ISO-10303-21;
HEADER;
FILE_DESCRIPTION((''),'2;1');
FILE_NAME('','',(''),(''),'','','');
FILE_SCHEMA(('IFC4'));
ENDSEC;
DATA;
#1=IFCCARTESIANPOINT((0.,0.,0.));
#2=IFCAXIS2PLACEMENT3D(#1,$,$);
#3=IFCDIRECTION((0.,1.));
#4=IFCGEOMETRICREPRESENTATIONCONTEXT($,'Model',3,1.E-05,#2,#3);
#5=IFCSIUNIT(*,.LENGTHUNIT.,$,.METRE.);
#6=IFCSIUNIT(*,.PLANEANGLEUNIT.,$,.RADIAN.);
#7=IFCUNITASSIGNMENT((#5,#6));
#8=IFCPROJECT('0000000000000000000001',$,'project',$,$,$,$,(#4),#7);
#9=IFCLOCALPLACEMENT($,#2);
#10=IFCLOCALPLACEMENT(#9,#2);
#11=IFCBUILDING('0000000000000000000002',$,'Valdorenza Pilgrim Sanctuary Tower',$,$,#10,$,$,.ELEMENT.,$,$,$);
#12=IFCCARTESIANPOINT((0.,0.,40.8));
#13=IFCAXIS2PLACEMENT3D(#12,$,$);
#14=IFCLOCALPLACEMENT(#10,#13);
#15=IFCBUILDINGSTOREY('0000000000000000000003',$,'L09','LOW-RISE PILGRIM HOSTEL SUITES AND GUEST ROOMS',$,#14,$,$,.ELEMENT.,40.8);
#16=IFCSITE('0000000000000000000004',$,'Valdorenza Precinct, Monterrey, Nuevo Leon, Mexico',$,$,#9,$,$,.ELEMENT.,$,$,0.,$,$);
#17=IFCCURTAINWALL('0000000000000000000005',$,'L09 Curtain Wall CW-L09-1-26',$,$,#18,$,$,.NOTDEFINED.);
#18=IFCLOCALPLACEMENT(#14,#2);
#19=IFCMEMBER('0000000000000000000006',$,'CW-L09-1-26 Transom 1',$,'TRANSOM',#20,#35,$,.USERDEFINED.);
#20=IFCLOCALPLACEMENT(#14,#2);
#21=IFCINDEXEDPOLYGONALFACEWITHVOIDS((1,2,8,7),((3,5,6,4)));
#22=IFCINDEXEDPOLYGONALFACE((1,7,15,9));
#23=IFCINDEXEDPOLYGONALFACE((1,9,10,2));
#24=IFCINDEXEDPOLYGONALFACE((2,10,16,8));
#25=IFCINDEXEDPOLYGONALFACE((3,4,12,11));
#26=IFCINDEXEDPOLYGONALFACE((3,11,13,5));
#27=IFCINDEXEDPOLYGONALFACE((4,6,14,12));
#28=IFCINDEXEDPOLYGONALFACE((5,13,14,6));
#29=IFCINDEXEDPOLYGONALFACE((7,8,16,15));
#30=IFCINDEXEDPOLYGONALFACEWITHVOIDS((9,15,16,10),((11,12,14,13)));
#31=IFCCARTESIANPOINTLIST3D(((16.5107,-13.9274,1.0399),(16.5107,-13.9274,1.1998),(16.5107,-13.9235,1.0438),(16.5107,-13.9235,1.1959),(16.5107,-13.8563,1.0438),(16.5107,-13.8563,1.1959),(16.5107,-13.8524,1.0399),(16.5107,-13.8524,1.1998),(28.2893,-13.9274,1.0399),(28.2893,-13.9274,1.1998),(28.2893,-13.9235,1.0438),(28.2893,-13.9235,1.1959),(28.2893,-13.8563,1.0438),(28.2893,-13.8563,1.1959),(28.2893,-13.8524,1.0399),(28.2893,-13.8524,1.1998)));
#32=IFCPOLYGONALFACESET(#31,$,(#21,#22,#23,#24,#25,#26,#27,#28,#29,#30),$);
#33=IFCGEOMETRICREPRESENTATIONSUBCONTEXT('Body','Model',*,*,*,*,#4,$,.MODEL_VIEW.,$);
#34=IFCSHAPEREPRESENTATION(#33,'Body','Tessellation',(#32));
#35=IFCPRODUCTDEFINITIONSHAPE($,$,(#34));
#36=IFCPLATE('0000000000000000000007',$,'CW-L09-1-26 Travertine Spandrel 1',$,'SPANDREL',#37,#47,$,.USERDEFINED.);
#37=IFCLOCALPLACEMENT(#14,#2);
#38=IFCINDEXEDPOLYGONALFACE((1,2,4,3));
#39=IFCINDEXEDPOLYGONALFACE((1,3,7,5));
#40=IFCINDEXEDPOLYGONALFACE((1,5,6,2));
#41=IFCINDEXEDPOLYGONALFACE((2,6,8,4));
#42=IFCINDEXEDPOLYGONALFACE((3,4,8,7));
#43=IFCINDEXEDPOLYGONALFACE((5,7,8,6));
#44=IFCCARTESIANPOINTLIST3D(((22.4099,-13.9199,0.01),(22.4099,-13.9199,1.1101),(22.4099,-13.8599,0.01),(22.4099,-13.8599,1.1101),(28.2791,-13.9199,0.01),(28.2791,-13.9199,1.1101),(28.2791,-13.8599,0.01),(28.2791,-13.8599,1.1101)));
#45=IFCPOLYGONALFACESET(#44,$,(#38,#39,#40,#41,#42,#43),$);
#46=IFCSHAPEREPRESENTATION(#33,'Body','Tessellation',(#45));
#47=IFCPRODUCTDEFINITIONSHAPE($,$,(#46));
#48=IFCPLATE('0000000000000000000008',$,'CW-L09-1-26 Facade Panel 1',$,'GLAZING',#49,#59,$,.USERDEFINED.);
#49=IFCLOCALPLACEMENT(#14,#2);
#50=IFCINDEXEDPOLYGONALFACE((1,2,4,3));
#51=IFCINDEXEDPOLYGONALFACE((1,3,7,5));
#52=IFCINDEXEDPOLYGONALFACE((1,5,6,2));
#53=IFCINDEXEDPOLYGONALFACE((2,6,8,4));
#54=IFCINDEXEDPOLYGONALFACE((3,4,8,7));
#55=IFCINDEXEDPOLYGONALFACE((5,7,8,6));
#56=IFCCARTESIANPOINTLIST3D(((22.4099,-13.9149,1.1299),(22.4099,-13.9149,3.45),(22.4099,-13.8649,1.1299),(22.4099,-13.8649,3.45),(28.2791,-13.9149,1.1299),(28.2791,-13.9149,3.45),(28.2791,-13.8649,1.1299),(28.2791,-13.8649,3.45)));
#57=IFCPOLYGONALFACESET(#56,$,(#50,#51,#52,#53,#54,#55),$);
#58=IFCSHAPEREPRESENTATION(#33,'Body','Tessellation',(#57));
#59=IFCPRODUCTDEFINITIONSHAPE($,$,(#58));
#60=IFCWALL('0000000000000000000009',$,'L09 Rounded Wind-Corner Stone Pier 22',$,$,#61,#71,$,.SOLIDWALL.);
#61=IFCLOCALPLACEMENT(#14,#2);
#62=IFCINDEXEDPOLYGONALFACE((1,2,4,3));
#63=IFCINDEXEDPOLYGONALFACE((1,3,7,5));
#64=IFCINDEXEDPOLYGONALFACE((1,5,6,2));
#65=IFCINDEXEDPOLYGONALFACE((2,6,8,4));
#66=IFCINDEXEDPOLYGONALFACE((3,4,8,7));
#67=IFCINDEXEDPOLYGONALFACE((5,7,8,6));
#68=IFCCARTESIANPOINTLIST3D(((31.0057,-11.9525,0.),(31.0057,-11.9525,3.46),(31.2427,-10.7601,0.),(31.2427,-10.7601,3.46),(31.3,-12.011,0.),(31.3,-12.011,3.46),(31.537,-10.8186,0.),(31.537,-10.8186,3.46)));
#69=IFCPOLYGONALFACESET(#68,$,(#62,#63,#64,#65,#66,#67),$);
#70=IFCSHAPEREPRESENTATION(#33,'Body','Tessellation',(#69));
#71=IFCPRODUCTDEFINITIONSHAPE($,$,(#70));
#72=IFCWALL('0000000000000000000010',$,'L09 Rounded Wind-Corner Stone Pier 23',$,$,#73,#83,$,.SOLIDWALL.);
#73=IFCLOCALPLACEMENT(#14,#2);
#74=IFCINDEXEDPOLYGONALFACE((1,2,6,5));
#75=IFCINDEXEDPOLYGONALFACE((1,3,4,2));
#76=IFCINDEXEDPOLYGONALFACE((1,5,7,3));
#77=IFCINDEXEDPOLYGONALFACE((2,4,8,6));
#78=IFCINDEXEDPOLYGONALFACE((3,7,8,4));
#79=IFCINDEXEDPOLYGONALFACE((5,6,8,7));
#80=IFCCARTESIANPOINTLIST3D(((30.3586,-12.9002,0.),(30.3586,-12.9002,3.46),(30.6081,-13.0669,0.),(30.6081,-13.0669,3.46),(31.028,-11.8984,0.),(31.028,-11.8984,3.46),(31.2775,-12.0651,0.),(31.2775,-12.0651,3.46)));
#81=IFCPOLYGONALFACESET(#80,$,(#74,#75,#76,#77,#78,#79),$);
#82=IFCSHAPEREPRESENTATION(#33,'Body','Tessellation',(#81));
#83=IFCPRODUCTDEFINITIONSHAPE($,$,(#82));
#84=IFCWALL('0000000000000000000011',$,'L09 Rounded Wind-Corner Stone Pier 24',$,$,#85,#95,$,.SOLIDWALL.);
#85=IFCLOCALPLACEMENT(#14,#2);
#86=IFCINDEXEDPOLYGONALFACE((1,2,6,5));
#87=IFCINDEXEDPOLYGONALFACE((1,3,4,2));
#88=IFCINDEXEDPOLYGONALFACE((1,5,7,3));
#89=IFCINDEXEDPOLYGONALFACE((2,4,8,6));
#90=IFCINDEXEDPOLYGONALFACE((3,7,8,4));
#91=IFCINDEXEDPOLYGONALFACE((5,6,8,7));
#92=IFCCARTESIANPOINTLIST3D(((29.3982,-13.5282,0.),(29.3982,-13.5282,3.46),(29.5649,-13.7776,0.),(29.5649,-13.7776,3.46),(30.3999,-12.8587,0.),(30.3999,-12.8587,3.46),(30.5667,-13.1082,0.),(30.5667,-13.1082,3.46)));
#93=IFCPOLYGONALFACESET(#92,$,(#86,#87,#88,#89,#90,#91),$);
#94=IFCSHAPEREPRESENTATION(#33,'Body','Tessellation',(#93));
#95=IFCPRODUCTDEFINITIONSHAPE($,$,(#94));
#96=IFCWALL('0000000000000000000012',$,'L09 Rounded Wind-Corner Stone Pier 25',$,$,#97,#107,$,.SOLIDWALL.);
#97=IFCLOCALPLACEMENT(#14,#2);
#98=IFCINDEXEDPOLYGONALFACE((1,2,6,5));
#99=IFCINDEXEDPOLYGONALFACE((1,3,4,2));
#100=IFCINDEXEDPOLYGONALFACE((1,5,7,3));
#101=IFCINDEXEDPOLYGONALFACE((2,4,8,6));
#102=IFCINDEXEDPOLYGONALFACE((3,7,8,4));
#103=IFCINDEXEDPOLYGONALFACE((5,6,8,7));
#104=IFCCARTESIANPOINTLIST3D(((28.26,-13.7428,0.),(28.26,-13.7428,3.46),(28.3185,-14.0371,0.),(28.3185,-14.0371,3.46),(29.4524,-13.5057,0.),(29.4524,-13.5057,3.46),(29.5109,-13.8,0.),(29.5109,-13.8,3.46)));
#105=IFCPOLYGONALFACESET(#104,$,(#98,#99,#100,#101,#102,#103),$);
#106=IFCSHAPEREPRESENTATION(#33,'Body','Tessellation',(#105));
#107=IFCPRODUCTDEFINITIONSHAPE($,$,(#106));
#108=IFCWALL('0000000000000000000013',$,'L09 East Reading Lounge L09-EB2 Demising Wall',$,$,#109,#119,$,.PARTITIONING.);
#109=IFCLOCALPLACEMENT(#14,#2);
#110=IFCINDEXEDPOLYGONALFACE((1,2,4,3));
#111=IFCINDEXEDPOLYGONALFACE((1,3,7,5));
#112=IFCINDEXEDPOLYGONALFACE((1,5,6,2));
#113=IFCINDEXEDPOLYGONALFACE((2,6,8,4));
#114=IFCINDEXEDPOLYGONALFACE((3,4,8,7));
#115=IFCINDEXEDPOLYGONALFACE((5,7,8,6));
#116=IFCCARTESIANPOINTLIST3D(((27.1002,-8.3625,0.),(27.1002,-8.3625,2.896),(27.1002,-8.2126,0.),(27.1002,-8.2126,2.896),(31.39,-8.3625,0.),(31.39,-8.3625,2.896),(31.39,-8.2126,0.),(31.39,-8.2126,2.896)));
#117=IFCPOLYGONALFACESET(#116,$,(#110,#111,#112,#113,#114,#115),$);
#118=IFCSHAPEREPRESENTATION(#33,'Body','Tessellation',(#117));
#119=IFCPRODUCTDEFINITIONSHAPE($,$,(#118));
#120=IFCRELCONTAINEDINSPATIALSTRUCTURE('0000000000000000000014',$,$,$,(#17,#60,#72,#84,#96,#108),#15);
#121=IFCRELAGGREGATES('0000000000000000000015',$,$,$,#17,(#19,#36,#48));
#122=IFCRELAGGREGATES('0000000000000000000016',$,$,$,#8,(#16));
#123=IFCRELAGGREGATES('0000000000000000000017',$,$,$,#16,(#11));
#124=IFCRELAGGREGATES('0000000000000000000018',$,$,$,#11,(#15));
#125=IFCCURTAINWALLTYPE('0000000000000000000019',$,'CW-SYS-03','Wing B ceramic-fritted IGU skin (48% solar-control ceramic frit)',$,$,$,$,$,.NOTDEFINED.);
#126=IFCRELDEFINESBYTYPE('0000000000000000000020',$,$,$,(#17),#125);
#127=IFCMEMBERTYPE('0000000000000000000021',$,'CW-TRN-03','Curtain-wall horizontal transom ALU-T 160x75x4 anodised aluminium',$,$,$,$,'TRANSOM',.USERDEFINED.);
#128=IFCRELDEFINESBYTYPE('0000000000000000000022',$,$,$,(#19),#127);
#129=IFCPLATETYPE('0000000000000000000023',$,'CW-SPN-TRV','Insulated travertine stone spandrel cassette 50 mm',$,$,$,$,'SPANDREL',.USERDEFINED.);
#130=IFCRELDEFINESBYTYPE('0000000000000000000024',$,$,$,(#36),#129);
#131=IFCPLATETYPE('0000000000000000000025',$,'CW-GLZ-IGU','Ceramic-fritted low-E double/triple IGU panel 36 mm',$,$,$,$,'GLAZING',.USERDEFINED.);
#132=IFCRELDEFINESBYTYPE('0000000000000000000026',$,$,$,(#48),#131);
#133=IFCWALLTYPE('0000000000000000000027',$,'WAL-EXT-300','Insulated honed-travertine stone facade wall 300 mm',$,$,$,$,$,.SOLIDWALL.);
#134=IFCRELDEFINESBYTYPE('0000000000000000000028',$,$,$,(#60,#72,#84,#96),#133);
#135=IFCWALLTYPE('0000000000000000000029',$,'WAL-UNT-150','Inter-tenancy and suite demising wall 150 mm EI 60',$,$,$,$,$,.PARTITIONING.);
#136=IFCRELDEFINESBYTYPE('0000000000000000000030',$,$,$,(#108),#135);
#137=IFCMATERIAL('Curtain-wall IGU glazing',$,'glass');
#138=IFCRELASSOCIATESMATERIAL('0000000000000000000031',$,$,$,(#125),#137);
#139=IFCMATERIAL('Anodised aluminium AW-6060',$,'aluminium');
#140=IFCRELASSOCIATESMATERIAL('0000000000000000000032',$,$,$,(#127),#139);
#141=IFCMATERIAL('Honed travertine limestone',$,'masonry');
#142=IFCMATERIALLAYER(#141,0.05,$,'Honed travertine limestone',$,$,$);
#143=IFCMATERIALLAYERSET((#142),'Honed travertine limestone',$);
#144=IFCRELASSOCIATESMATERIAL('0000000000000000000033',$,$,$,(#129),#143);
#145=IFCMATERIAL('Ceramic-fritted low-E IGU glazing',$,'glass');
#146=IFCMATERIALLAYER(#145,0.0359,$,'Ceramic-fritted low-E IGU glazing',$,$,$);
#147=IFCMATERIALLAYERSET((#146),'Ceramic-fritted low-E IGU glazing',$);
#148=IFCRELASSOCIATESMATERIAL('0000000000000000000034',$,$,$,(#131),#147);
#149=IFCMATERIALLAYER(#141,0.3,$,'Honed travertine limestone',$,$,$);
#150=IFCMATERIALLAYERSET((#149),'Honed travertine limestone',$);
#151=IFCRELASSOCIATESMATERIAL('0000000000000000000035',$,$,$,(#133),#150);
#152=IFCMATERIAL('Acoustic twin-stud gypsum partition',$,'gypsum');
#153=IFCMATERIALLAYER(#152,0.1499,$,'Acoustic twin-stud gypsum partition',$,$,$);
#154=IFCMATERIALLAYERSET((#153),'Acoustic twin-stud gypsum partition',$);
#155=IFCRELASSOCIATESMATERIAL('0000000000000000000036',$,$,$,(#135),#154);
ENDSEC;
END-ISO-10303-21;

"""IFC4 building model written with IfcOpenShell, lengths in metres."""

from ifc_helpers import new_model, si_unit, direction, frame, frame_2d, origin, origin_2d, place, context, subcontext, project, spatial, rectangle, hollow_rectangle, extrude, source, transform, mapped, material, layer, layer_set, material_profile, profile_set, type_object, element, aggregate, save


model = new_model("IFC4")

# Units and contexts
model_context = context("Model", 3, precision=1e-05, world=origin(), true_north=direction((0.0, 1.0)))
body_context = subcontext(model_context, "Body", "Model", "MODEL_VIEW")
ifc_project = project(units=[si_unit("LENGTHUNIT", "METRE"), si_unit("PLANEANGLEUNIT", "RADIAN")], contexts=[model_context])

# Site, building, storey
site_placement = place(None, origin())
site = spatial("IfcSite", under=ifc_project, at=site_placement, Name="Valdorenza Precinct, Monterrey, Nuevo Leon, Mexico", CompositionType="ELEMENT", RefElevation=0.0)
building_placement = place(site_placement, origin())
building = spatial("IfcBuilding", under=site, at=building_placement, Name="Valdorenza Pilgrim Sanctuary Tower", CompositionType="ELEMENT")
storey_placement = place(building_placement, frame((0.0, 0.0, 40.8)))
storey = spatial("IfcBuildingStorey", under=building, at=storey_placement, Name="L09", Description="LOW-RISE PILGRIM HOSTEL SUITES AND GUEST ROOMS", CompositionType="ELEMENT", Elevation=40.8)

# Shared definitions
ifc_material_1 = material(Name="Curtain-wall IGU glazing", Category="glass")
curtain_wall_type = type_object("IfcCurtainWallType", Name="CW-SYS-03", Description="Wing B ceramic-fritted IGU skin (48% solar-control ceramic frit)", PredefinedType="NOTDEFINED", material=ifc_material_1)
ifc_material_2 = material(Name="Anodised aluminium AW-6060", Category="aluminium")

# Curtain wall, member, plates
curtain_wall_1_placement = place(storey_placement, origin())
curtain_wall_1 = element("IfcCurtainWall", 1, at=curtain_wall_1_placement, inside=storey, type_object=curtain_wall_type, Name="L09 Curtain Wall CW-L09-1-26", PredefinedType="NOTDEFINED")
ifc_material_profile_1 = material_profile(ifc_material_2, hollow_rectangle(XDim=0.075, YDim=0.1599, WallThickness=0.0039, at=origin_2d()), Name="ALU-T 160x75x4")
ifc_profile_set_1 = profile_set([ifc_material_profile_1], Name="Anodised aluminium AW-6060")
member_type_1 = type_object("IfcMemberType", Name="CW-TRN-03", Description="Curtain-wall horizontal transom ALU-T 160x75x4 anodised aluminium", ElementType="TRANSOM", PredefinedType="USERDEFINED", material=ifc_profile_set_1)
shared_shape_1 = source(origin(), body_context, "Body", "SweptSolid", [
    extrude(hollow_rectangle(XDim=0.075, YDim=0.1599, WallThickness=0.0039, at=origin_2d()), origin(), (0.0, 0.0, 1.0), 11.7786),
])
member_1_placement = place(storey_placement, frame((28.2893, -13.8899, 1.1199), z_axis=(-1.0, 0.0, 0.0), x_axis=(0.0, -1.0, 0.0)))
member_1 = element("IfcMember", 2, at=member_1_placement, type_object=member_type_1, Name="CW-L09-1-26 Transom 1", ObjectType="TRANSOM", PredefinedType="USERDEFINED", context=body_context, shape_type="MappedRepresentation", body=[
    mapped(shared_shape_1, transform((0.0, 0.0, 0.0), x_axis=(1.0, 0.0, 0.0), y_axis=(0.0, 1.0, 0.0), z_axis=(0.0, 0.0, 1.0), scale=1.0)),
])
ifc_material_3 = material(Name="Honed travertine limestone", Category="masonry")
ifc_layer_1 = layer(ifc_material_3, 0.05, Name="Honed travertine limestone")
ifc_layer_set_1 = layer_set([ifc_layer_1], Name="Honed travertine limestone")
plate_type_1 = type_object("IfcPlateType", Name="CW-SPN-TRV", Description="Insulated travertine stone spandrel cassette 50 mm", ElementType="SPANDREL", PredefinedType="USERDEFINED", material=ifc_layer_set_1)
shared_shape_2 = source(origin(), body_context, "Body", "SweptSolid", [
    extrude(rectangle(XDim=5.8691, YDim=0.0601, at=origin_2d()), origin(), (0.0, 0.0, 1.0), 1.1001),
])
plate_1_placement = place(storey_placement, frame((25.3445, -13.8899, 0.01), z_axis=(0.0, 0.0, 1.0), x_axis=(-1.0, 0.0, 0.0)))
plate_1 = element("IfcPlate", 3, at=plate_1_placement, type_object=plate_type_1, Name="CW-L09-1-26 Travertine Spandrel 1", ObjectType="SPANDREL", PredefinedType="USERDEFINED", context=body_context, shape_type="MappedRepresentation", body=[
    mapped(shared_shape_2, transform((0.0, 0.0, 0.0), x_axis=(1.0, 0.0, 0.0), y_axis=(0.0, 1.0, 0.0), z_axis=(0.0, 0.0, 1.0), scale=1.0)),
])
ifc_material_4 = material(Name="Ceramic-fritted low-E IGU glazing", Category="glass")
ifc_layer_2 = layer(ifc_material_4, 0.0359, Name="Ceramic-fritted low-E IGU glazing")
ifc_layer_set_2 = layer_set([ifc_layer_2], Name="Ceramic-fritted low-E IGU glazing")
plate_type_2 = type_object("IfcPlateType", Name="CW-GLZ-IGU", Description="Ceramic-fritted low-E double/triple IGU panel 36 mm", ElementType="GLAZING", PredefinedType="USERDEFINED", material=ifc_layer_set_2)
shared_shape_3 = source(origin(), body_context, "Body", "SweptSolid", [
    extrude(rectangle(XDim=5.8691, YDim=0.05, at=origin_2d()), origin(), (0.0, 0.0, 1.0), 2.3201),
])
plate_2_placement = place(storey_placement, frame((25.3445, -13.8899, 1.1299), z_axis=(0.0, 0.0, 1.0), x_axis=(-1.0, 0.0, 0.0)))
plate_2 = element("IfcPlate", 4, at=plate_2_placement, type_object=plate_type_2, Name="CW-L09-1-26 Facade Panel 1", ObjectType="GLAZING", PredefinedType="USERDEFINED", context=body_context, shape_type="MappedRepresentation", body=[
    mapped(shared_shape_3, transform((0.0, 0.0, 0.0), x_axis=(1.0, 0.0, 0.0), y_axis=(0.0, 1.0, 0.0), z_axis=(0.0, 0.0, 1.0), scale=1.0)),
])
aggregate(curtain_wall_1, [member_1, plate_1, plate_2])

# Shared definitions
ifc_material_5 = material(Name="Acoustic twin-stud gypsum partition", Category="gypsum")

# Walls
ifc_layer_3 = layer(ifc_material_3, 0.3, Name="Honed travertine limestone")
ifc_layer_set_3 = layer_set([ifc_layer_3], Name="Honed travertine limestone")
wall_type_1 = type_object("IfcWallType", Name="WAL-EXT-300", Description="Insulated honed-travertine stone facade wall 300 mm", PredefinedType="SOLIDWALL", material=ifc_layer_set_3)
wall_1_placement = place(storey_placement, frame((31.3899, -10.7893, 0.0), z_axis=(0.0, 0.0, 1.0), x_axis=(-0.194996, -0.980804, 0.0)))
element("IfcWall", 5, at=wall_1_placement, inside=storey, type_object=wall_type_1, Name="L09 Rounded Wind-Corner Stone Pier 22", PredefinedType="SOLIDWALL", context=body_context, shape_type="SweptSolid", body=[
    extrude(rectangle(XDim=1.2158, YDim=0.3, at=frame_2d((0.6079, 0.0))), origin(), (0.0, 0.0, 1.0), 3.46),
])
for number, where, z_axis, x_axis, name in (
    (6, (31.1528, -11.9817, 0.0), (0.0, 0.0, 1.0), (-0.555635, -0.831426, 0.0), "L09 Rounded Wind-Corner Stone Pier 23"),
    (7, (30.4834, -12.9834, 0.0), (0.0, 0.0, 1.0), (-0.831426, -0.555635, 0.0), "L09 Rounded Wind-Corner Stone Pier 24"),
):
    element("IfcWall", number, at=place(storey_placement, frame(where, z_axis=z_axis, x_axis=x_axis)), inside=storey, type_object=wall_type_1, Name=name, PredefinedType="SOLIDWALL", context=body_context, shape_type="SweptSolid", body=[
        extrude(rectangle(XDim=1.2048, YDim=0.3, at=frame_2d((0.6025, 0.0))), origin(), (0.0, 0.0, 1.0), 3.46),
    ])
wall_2_placement = place(storey_placement, frame((29.4817, -13.6528, 0.0), z_axis=(0.0, 0.0, 1.0), x_axis=(-0.980804, -0.194996, 0.0)))
element("IfcWall", 8, at=wall_2_placement, inside=storey, type_object=wall_type_1, Name="L09 Rounded Wind-Corner Stone Pier 25", PredefinedType="SOLIDWALL", context=body_context, shape_type="SweptSolid", body=[
    extrude(rectangle(XDim=1.2158, YDim=0.3, at=frame_2d((0.6079, 0.0))), origin(), (0.0, 0.0, 1.0), 3.46),
])
ifc_layer_4 = layer(ifc_material_5, 0.1499, Name="Acoustic twin-stud gypsum partition")
ifc_layer_set_4 = layer_set([ifc_layer_4], Name="Acoustic twin-stud gypsum partition")
wall_type_2 = type_object("IfcWallType", Name="WAL-UNT-150", Description="Inter-tenancy and suite demising wall 150 mm EI 60", PredefinedType="PARTITIONING", material=ifc_layer_set_4)
wall_3_placement = place(storey_placement, frame((27.1001, -8.2876, 0.0), z_axis=(0.0, 0.0, 1.0), x_axis=(1.0, 0.0, 0.0)))
element("IfcWall", 9, at=wall_3_placement, inside=storey, type_object=wall_type_2, Name="L09 East Reading Lounge L09-EB2 Demising Wall", PredefinedType="PARTITIONING", context=body_context, shape_type="SweptSolid", body=[
    extrude(rectangle(XDim=4.2898, YDim=0.1499, at=frame_2d((2.145, 0.0))), origin(), (0.0, 0.0, 1.0), 2.896),
])

save(model, "model.ifc")
